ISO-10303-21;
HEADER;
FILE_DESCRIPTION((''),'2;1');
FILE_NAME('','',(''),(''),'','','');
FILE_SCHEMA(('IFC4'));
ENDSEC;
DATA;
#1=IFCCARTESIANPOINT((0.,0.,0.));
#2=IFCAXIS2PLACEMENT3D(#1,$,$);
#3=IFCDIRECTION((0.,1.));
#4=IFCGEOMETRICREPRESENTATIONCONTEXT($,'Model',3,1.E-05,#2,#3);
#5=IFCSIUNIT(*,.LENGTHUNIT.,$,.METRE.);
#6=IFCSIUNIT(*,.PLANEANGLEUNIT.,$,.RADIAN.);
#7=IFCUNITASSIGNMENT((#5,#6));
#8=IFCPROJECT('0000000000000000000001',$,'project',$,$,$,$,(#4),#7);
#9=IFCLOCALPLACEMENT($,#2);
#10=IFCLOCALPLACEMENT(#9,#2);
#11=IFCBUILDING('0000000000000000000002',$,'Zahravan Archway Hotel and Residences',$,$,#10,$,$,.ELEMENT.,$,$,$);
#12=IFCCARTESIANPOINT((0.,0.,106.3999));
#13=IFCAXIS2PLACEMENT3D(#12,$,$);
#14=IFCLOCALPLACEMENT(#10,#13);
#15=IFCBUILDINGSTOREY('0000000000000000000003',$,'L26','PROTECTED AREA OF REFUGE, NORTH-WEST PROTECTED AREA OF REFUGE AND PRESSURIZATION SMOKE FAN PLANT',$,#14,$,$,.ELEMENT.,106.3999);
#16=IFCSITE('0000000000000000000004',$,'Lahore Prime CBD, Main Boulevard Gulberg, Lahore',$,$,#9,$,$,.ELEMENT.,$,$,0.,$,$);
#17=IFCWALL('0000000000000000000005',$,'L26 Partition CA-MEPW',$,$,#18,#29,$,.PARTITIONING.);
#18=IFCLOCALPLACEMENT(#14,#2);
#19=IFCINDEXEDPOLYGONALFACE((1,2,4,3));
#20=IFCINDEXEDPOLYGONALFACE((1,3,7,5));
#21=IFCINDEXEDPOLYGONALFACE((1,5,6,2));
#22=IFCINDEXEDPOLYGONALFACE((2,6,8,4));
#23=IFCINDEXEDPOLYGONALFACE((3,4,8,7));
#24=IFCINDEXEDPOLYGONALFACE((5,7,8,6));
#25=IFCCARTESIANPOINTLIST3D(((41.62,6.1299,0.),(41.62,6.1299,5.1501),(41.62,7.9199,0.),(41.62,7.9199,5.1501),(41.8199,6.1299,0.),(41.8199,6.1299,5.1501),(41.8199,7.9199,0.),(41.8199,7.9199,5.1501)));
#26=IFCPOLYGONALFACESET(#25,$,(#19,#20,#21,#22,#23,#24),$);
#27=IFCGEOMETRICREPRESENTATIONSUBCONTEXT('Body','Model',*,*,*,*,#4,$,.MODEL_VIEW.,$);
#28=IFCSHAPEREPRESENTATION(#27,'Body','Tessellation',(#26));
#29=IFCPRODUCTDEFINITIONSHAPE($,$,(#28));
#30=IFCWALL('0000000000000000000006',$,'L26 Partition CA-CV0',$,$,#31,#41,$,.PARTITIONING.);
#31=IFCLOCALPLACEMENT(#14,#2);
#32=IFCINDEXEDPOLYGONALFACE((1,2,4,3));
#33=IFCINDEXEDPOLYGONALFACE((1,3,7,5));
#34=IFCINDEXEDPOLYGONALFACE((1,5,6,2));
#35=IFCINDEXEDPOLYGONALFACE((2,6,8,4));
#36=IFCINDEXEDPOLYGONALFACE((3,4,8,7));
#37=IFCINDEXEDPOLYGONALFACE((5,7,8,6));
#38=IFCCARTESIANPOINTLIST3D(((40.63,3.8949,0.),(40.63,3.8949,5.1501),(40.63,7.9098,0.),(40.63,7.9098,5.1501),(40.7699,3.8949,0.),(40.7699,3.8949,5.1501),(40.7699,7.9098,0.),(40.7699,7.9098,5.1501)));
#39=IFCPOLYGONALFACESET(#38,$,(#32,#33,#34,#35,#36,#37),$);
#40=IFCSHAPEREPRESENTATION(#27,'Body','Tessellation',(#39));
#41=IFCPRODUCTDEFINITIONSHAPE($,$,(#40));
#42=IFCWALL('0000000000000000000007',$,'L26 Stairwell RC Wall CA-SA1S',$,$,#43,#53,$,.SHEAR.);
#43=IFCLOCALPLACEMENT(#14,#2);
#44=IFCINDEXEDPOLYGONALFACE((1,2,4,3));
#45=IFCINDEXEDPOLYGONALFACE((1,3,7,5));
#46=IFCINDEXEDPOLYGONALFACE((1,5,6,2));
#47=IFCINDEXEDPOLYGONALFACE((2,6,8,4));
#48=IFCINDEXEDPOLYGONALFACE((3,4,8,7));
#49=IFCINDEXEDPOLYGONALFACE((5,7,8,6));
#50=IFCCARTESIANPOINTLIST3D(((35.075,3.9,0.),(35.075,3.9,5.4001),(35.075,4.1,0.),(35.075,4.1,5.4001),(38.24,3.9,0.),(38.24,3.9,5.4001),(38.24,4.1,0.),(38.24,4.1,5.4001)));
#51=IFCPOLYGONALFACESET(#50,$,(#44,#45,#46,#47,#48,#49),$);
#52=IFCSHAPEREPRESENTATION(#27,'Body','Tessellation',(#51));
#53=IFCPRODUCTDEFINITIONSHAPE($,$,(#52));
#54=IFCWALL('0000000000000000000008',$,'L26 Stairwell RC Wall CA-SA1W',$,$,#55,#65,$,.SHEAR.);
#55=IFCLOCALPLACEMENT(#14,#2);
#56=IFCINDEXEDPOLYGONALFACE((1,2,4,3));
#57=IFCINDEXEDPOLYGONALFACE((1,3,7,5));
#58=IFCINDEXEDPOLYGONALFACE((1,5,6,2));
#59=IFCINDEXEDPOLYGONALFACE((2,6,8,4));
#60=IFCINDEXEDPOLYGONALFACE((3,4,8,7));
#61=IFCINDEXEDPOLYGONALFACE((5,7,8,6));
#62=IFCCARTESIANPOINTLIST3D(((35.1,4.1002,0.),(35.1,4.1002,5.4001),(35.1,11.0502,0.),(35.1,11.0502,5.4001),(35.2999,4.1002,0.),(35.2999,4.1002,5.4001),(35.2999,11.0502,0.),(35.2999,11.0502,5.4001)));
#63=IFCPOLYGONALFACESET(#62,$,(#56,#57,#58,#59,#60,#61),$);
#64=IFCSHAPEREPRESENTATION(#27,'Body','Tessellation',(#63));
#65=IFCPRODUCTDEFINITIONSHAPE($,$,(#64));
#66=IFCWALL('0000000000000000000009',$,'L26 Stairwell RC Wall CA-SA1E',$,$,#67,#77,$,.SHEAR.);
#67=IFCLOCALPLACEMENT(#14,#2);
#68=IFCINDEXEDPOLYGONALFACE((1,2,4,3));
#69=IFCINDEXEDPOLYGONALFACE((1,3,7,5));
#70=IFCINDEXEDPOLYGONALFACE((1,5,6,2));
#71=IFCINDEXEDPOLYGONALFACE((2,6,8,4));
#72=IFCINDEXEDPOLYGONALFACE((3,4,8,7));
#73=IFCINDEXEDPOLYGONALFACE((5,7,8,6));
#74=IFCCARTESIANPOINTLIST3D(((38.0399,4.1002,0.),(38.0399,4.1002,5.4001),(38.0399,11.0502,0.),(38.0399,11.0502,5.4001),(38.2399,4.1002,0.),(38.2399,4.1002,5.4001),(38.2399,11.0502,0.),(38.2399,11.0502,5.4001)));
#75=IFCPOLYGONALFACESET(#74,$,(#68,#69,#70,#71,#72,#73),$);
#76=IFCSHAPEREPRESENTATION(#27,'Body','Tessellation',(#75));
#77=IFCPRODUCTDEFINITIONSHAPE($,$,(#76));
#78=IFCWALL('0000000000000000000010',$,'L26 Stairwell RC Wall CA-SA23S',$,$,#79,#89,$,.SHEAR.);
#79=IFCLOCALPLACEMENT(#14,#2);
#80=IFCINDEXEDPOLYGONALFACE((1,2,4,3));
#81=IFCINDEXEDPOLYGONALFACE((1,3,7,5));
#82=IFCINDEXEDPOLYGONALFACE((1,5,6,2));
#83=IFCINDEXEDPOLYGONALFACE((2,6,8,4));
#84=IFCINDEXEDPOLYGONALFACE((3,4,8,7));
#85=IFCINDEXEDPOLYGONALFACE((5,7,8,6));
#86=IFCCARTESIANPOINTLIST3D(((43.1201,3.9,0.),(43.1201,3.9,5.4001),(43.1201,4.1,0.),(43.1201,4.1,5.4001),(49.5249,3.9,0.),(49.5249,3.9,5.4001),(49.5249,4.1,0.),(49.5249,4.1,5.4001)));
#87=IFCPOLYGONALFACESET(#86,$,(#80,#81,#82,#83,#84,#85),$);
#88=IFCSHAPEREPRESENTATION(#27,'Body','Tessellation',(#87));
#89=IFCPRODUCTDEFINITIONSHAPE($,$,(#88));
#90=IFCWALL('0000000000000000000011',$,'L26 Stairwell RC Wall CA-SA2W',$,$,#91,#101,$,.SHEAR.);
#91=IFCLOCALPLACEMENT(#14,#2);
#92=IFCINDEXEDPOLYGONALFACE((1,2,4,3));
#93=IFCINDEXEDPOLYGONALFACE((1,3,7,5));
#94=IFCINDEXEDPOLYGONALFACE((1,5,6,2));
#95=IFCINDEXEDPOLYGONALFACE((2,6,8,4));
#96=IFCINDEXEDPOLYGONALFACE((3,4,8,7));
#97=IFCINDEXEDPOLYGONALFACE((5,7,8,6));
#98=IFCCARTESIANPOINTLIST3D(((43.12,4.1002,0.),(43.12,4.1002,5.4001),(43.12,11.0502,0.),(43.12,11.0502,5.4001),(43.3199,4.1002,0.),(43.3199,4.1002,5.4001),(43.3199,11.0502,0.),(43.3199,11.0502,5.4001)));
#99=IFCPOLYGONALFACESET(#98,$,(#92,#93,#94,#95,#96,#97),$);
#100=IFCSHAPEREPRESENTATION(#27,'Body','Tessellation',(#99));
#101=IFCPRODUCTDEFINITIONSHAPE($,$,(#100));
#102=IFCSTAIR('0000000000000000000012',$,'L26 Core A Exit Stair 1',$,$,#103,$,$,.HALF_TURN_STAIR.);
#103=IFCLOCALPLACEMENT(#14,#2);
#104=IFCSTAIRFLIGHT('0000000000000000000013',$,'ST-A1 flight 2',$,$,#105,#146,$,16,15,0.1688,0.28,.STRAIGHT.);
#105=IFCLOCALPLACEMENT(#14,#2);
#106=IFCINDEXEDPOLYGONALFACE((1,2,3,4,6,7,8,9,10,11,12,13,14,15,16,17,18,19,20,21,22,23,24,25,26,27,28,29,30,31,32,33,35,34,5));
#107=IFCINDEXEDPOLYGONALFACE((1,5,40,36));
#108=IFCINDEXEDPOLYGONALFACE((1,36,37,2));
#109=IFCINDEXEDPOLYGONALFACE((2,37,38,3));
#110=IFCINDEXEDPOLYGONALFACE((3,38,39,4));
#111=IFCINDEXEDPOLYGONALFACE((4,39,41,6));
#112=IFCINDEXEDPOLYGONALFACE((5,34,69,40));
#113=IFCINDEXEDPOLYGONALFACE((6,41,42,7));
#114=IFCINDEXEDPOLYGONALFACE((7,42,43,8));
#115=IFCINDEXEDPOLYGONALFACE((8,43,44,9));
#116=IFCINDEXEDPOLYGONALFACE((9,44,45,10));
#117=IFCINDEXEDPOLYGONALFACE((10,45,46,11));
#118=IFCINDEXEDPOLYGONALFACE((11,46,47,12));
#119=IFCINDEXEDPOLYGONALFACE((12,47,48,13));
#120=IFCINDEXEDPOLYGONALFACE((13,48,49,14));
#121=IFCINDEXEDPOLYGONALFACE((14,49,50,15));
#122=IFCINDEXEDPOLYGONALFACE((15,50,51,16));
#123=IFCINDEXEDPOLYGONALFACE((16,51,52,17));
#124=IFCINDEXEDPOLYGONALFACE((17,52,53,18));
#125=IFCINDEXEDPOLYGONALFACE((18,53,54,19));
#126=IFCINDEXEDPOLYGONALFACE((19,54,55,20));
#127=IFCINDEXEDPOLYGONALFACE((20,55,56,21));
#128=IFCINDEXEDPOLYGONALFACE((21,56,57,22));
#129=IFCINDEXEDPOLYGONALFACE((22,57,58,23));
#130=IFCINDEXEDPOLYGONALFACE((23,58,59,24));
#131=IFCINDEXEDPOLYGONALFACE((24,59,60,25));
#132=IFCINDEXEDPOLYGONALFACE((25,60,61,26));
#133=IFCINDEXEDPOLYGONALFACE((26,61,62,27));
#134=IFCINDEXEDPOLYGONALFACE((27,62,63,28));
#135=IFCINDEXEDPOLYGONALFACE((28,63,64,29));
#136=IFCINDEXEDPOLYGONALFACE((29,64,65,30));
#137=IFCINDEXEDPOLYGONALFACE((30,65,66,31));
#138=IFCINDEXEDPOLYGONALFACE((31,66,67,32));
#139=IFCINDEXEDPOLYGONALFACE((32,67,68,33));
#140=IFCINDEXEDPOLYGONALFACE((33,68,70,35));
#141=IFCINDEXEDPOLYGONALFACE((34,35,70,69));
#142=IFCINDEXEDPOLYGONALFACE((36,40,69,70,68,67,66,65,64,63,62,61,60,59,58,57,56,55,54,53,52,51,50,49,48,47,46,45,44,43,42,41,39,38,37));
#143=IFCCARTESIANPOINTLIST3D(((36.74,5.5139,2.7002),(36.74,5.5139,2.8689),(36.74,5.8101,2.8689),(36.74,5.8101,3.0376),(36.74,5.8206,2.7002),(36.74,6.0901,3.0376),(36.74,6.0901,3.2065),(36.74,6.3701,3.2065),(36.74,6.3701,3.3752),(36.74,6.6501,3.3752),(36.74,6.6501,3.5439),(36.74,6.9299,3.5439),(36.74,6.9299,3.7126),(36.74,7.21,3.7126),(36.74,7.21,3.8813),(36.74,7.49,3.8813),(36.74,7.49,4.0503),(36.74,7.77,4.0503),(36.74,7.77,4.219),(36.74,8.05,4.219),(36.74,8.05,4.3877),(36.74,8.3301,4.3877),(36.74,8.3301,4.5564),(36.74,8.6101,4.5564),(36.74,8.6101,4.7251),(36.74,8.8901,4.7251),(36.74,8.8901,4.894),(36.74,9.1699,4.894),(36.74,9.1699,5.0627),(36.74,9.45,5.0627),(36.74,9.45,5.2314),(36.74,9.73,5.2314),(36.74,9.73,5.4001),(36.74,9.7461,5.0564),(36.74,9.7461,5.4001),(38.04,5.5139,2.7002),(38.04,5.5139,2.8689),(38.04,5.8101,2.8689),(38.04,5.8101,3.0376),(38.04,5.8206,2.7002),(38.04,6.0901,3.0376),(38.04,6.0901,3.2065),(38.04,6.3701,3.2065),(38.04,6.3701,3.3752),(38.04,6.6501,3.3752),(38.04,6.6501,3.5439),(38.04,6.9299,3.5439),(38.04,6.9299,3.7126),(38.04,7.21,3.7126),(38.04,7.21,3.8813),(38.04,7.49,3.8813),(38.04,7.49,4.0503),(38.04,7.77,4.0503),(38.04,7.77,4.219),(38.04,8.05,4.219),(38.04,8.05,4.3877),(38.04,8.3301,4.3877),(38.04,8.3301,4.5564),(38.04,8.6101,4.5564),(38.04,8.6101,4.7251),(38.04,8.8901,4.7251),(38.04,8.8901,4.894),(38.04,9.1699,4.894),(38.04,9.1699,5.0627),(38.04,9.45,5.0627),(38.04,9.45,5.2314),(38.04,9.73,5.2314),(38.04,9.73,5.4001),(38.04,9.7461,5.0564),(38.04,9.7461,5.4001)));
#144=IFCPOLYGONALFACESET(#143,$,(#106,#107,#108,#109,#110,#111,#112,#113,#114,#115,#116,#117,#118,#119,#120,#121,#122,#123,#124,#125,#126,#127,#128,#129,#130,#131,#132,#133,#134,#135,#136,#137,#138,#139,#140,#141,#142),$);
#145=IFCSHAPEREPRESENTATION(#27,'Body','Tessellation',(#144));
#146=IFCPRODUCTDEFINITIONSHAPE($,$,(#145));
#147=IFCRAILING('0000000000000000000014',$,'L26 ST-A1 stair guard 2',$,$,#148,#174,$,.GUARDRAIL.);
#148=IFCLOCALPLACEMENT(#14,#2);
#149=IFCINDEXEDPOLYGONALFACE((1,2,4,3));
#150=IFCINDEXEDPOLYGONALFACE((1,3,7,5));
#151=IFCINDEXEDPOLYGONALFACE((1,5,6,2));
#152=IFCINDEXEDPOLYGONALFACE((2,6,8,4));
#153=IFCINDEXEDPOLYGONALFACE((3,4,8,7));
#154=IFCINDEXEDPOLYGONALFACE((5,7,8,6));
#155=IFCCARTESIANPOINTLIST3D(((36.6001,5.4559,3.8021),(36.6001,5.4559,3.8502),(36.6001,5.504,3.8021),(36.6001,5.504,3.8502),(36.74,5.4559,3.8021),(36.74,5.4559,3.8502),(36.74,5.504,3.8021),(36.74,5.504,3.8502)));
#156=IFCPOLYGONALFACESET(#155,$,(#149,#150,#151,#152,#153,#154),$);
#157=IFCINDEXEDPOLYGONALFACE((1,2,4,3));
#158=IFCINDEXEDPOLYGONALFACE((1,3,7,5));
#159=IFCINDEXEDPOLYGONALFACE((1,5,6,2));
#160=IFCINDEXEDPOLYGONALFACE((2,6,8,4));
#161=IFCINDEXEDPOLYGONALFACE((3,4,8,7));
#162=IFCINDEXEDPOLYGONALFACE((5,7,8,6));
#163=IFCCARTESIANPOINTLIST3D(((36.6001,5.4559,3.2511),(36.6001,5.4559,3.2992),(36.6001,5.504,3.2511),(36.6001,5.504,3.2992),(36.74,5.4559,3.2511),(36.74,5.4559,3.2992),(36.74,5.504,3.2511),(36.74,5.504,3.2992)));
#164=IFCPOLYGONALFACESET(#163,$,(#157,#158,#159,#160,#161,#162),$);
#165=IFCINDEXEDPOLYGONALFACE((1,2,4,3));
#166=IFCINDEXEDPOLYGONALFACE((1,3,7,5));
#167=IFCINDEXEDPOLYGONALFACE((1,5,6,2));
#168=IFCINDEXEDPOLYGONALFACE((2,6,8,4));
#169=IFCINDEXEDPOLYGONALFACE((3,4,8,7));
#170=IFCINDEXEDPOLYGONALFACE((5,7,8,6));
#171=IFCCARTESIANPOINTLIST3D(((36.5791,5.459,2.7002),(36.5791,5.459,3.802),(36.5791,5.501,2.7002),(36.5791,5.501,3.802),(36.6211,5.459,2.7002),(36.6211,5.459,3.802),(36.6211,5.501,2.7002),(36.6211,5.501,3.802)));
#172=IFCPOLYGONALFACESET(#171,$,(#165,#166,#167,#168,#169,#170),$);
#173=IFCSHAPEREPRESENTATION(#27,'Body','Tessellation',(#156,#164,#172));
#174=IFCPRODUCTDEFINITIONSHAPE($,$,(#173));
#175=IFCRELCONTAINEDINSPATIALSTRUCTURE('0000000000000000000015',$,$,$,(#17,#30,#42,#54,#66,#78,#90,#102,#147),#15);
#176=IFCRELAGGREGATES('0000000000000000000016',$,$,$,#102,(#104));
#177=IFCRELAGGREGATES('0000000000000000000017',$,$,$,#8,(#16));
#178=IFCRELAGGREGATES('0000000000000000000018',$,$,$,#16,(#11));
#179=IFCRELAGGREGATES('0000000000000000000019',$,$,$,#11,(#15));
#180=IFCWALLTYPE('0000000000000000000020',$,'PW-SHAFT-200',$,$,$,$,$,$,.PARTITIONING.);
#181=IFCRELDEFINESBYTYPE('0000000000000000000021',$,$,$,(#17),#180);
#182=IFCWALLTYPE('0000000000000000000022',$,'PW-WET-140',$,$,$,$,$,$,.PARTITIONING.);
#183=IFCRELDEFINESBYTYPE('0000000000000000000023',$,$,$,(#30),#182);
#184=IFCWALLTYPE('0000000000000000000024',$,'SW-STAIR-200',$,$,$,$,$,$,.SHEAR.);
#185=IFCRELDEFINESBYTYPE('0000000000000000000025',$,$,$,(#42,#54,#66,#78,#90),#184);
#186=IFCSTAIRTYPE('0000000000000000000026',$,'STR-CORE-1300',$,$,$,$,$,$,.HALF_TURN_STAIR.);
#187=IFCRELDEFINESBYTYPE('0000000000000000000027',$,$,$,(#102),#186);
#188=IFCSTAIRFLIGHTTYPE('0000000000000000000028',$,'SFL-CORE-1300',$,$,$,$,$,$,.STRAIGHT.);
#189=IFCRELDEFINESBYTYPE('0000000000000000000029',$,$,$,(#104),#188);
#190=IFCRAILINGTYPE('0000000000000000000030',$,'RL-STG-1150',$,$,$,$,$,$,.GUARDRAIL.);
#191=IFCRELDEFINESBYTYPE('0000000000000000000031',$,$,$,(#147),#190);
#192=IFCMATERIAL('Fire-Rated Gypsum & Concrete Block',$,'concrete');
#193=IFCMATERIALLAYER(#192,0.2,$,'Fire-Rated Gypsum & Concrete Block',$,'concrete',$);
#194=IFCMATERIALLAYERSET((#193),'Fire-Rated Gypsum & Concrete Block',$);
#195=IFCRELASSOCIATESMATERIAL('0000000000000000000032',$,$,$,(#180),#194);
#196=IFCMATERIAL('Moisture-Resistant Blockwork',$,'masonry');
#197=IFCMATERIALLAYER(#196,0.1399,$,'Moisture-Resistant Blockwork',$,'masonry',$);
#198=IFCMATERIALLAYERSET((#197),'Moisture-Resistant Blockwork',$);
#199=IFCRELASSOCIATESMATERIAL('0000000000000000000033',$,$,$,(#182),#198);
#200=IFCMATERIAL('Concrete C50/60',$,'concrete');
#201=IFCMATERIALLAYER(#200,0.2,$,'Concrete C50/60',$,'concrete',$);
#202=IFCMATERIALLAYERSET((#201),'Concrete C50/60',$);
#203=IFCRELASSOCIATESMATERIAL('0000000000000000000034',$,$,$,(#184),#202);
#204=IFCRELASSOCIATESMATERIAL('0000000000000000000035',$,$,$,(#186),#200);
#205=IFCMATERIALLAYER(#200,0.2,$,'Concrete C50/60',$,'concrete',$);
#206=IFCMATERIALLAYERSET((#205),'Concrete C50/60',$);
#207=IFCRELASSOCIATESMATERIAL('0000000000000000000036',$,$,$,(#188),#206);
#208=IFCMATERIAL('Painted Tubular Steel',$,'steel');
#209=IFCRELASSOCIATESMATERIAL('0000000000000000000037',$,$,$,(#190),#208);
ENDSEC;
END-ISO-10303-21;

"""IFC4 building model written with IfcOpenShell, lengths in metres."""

from ifc_helpers import new_model, si_unit, direction, frame, frame_2d, origin, origin_2d, place, context, subcontext, project, spatial, polyline, rectangle, outline, extrude, source, transform, mapped, material, layer, layer_set, type_object, element, aggregate, save


model = new_model("IFC4")

# Units and contexts
model_context = context("Model", 3, precision=1e-05, world=origin(), true_north=direction((0.0, 1.0)))
body_context = subcontext(model_context, "Body", "Model", "MODEL_VIEW")
ifc_project = project(units=[si_unit("LENGTHUNIT", "METRE"), si_unit("PLANEANGLEUNIT", "RADIAN")], contexts=[model_context])

# Site, building, storey
site_placement = place(None, origin())
site = spatial("IfcSite", under=ifc_project, at=site_placement, Name="Lahore Prime CBD, Main Boulevard Gulberg, Lahore", CompositionType="ELEMENT", RefElevation=0.0)
building_placement = place(site_placement, origin())
building = spatial("IfcBuilding", under=site, at=building_placement, Name="Zahravan Archway Hotel and Residences", CompositionType="ELEMENT")
storey_placement = place(building_placement, frame((0.0, 0.0, 106.3999)))
storey = spatial("IfcBuildingStorey", under=building, at=storey_placement, Name="L26", Description="PROTECTED AREA OF REFUGE, NORTH-WEST PROTECTED AREA OF REFUGE AND PRESSURIZATION SMOKE FAN PLANT", CompositionType="ELEMENT", Elevation=106.3999)

# Shared definitions
ifc_material_1 = material(Name="Fire-Rated Gypsum & Concrete Block", Category="concrete")
ifc_layer_1 = layer(ifc_material_1, 0.2, Name="Fire-Rated Gypsum & Concrete Block", Category="concrete")
ifc_layer_set_1 = layer_set([ifc_layer_1], Name="Fire-Rated Gypsum & Concrete Block")
wall_type_1 = type_object("IfcWallType", Name="PW-SHAFT-200", PredefinedType="PARTITIONING", material=ifc_layer_set_1)

# Walls
wall_1_placement = place(storey_placement, frame((41.72, 6.1299, 0.0), z_axis=(0.0, 0.0, 1.0), x_axis=(0.0, 1.0, 0.0)))
element("IfcWall", 1, at=wall_1_placement, inside=storey, type_object=wall_type_1, Name="L26 Partition CA-MEPW", PredefinedType="PARTITIONING", context=body_context, shape_type="SweptSolid", body=[
    extrude(rectangle(XDim=1.79, YDim=0.2, at=frame_2d((0.895, 0.0))), origin(), (0.0, 0.0, 1.0), 5.1501),
])
ifc_material_2 = material(Name="Moisture-Resistant Blockwork", Category="masonry")
ifc_layer_2 = layer(ifc_material_2, 0.1399, Name="Moisture-Resistant Blockwork", Category="masonry")
ifc_layer_set_2 = layer_set([ifc_layer_2], Name="Moisture-Resistant Blockwork")
wall_type_2 = type_object("IfcWallType", Name="PW-WET-140", PredefinedType="PARTITIONING", material=ifc_layer_set_2)
wall_2_placement = place(storey_placement, frame((40.7, 3.895, 0.0), z_axis=(0.0, 0.0, 1.0), x_axis=(0.0, 1.0, 0.0)))
element("IfcWall", 2, at=wall_2_placement, inside=storey, type_object=wall_type_2, Name="L26 Partition CA-CV0", PredefinedType="PARTITIONING", context=body_context, shape_type="SweptSolid", body=[
    extrude(rectangle(XDim=4.0149, YDim=0.1399, at=frame_2d((2.0073, 0.0))), origin(), (0.0, 0.0, 1.0), 5.1501),
])
ifc_material_3 = material(Name="Concrete C50/60", Category="concrete")
ifc_layer_3 = layer(ifc_material_3, 0.2, Name="Concrete C50/60", Category="concrete")
ifc_layer_set_3 = layer_set([ifc_layer_3], Name="Concrete C50/60")
wall_type_3 = type_object("IfcWallType", Name="SW-STAIR-200", PredefinedType="SHEAR", material=ifc_layer_set_3)
wall_3_placement = place(storey_placement, frame((35.075, 4.0, 0.0), z_axis=(0.0, 0.0, 1.0), x_axis=(1.0, 0.0, 0.0)))
element("IfcWall", 3, at=wall_3_placement, inside=storey, type_object=wall_type_3, Name="L26 Stairwell RC Wall CA-SA1S", PredefinedType="SHEAR", context=body_context, shape_type="SweptSolid", body=[
    extrude(rectangle(XDim=3.165, YDim=0.2, at=frame_2d((1.5825, 0.0))), origin(), (0.0, 0.0, 1.0), 5.4001),
])
for number, where, z_axis, x_axis, name in (
    (4, (35.2, 4.1001, 0.0), (0.0, 0.0, 1.0), (0.0, 1.0, 0.0), "L26 Stairwell RC Wall CA-SA1W"),
    (5, (38.1399, 4.1001, 0.0), (0.0, 0.0, 1.0), (0.0, 1.0, 0.0), "L26 Stairwell RC Wall CA-SA1E"),
):
    element("IfcWall", number, at=place(storey_placement, frame(where, z_axis=z_axis, x_axis=x_axis)), inside=storey, type_object=wall_type_3, Name=name, PredefinedType="SHEAR", context=body_context, shape_type="SweptSolid", body=[
        extrude(rectangle(XDim=6.95, YDim=0.2, at=frame_2d((3.4751, 0.0))), origin(), (0.0, 0.0, 1.0), 5.4001),
    ])
wall_4_placement = place(storey_placement, frame((43.1201, 4.0, 0.0), z_axis=(0.0, 0.0, 1.0), x_axis=(1.0, 0.0, 0.0)))
element("IfcWall", 6, at=wall_4_placement, inside=storey, type_object=wall_type_3, Name="L26 Stairwell RC Wall CA-SA23S", PredefinedType="SHEAR", context=body_context, shape_type="SweptSolid", body=[
    extrude(rectangle(XDim=6.4048, YDim=0.2, at=frame_2d((3.2024, 0.0))), origin(), (0.0, 0.0, 1.0), 5.4001),
])
wall_5_placement = place(storey_placement, frame((43.22, 4.1001, 0.0), z_axis=(0.0, 0.0, 1.0), x_axis=(0.0, 1.0, 0.0)))
element("IfcWall", 7, at=wall_5_placement, inside=storey, type_object=wall_type_3, Name="L26 Stairwell RC Wall CA-SA2W", PredefinedType="SHEAR", context=body_context, shape_type="SweptSolid", body=[
    extrude(rectangle(XDim=6.95, YDim=0.2, at=frame_2d((3.4751, 0.0))), origin(), (0.0, 0.0, 1.0), 5.4001),
])

# Stair, stair flight
stair_type = type_object("IfcStairType", Name="STR-CORE-1300", PredefinedType="HALF_TURN_STAIR", material=ifc_material_3)
stair_placement = place(storey_placement, origin())
stair = element("IfcStair", 8, at=stair_placement, inside=storey, type_object=stair_type, Name="L26 Core A Exit Stair 1", PredefinedType="HALF_TURN_STAIR")
ifc_layer_4 = layer(ifc_material_3, 0.2, Name="Concrete C50/60", Category="concrete")
ifc_layer_set_4 = layer_set([ifc_layer_4], Name="Concrete C50/60")
stair_flight_type = type_object("IfcStairFlightType", Name="SFL-CORE-1300", PredefinedType="STRAIGHT", material=ifc_layer_set_4)
shared_shape_1 = source(origin(), body_context, "Body", "SweptSolid", [
    extrude(outline(polyline([(-0.0161, 0.0), (-0.0161, 0.1687), (0.28, 0.1687), (0.28, 0.3374), (0.5601, 0.3374), (0.5601, 0.5063), (0.8401, 0.5063), (0.8401, 0.675), (1.1201, 0.675), (1.1201, 0.8438), (1.3999, 0.8438), (1.3999, 1.0125), (1.6799, 1.0125), (1.6799, 1.1812), (1.96, 1.1812), (1.96, 1.3501), (2.24, 1.3501), (2.24, 1.5188), (2.52, 1.5188), (2.52, 1.6875), (2.8, 1.6875), (2.8, 1.8562), (3.0801, 1.8562), (3.0801, 2.0249), (3.3601, 2.0249), (3.3601, 2.1938), (3.6399, 2.1938), (3.6399, 2.3625), (3.9199, 2.3625), (3.9199, 2.5312), (4.2, 2.5312), (4.2, 2.7), (4.2161, 2.7), (4.2161, 2.3562), (0.2905, 0.0), (-0.0161, 0.0)])), frame((0.0, 0.6499, 0.0), z_axis=(0.0, -1.0, 0.0), x_axis=(1.0, 0.0, 0.0)), (0.0, 0.0, 1.0), 1.3),
])
stair_flight_placement = place(storey_placement, frame((37.3899, 5.53, 2.7002), z_axis=(0.0, 0.0, 1.0), x_axis=(0.0, 1.0, 0.0)))
stair_flight = element("IfcStairFlight", 9, at=stair_flight_placement, type_object=stair_flight_type, Name="ST-A1 flight 2", NumberOfRisers=16, NumberOfTreads=15, PredefinedType="STRAIGHT", RiserHeight=0.1688, TreadLength=0.28, context=body_context, shape_type="MappedRepresentation", body=[
    mapped(shared_shape_1, transform((0.0, 0.0, 0.0), scale=1.0)),
])
aggregate(stair, [stair_flight])

# Railing
ifc_material_4 = material(Name="Painted Tubular Steel", Category="steel")
railing_type_1 = type_object("IfcRailingType", Name="RL-STG-1150", PredefinedType="GUARDRAIL", material=ifc_material_4)
railing_1_placement = place(storey_placement, frame((36.6001, 5.48, 2.7002)))
element("IfcRailing", 10, at=railing_1_placement, inside=storey, type_object=railing_type_1, Name="L26 ST-A1 stair guard 2", PredefinedType="GUARDRAIL", context=body_context, shape_type="SweptSolid", body=[
    extrude(rectangle(XDim=0.0481, YDim=0.0481, at=origin_2d()), frame((0.0, 0.0, 1.126), z_axis=(1.0, 0.0, 0.0), x_axis=(0.0, 1.0, 0.0)), (0.0, 0.0, 1.0), 0.1399),
    extrude(rectangle(XDim=0.0481, YDim=0.0481, at=origin_2d()), frame((0.0, 0.0, 0.575), z_axis=(1.0, 0.0, 0.0), x_axis=(0.0, 1.0, 0.0)), (0.0, 0.0, 1.0), 0.1399),
    extrude(rectangle(XDim=0.042, YDim=0.042, at=origin_2d()), origin(), (0.0, 0.0, 1.0), 1.1018),
])

save(model, "model.ifc")
